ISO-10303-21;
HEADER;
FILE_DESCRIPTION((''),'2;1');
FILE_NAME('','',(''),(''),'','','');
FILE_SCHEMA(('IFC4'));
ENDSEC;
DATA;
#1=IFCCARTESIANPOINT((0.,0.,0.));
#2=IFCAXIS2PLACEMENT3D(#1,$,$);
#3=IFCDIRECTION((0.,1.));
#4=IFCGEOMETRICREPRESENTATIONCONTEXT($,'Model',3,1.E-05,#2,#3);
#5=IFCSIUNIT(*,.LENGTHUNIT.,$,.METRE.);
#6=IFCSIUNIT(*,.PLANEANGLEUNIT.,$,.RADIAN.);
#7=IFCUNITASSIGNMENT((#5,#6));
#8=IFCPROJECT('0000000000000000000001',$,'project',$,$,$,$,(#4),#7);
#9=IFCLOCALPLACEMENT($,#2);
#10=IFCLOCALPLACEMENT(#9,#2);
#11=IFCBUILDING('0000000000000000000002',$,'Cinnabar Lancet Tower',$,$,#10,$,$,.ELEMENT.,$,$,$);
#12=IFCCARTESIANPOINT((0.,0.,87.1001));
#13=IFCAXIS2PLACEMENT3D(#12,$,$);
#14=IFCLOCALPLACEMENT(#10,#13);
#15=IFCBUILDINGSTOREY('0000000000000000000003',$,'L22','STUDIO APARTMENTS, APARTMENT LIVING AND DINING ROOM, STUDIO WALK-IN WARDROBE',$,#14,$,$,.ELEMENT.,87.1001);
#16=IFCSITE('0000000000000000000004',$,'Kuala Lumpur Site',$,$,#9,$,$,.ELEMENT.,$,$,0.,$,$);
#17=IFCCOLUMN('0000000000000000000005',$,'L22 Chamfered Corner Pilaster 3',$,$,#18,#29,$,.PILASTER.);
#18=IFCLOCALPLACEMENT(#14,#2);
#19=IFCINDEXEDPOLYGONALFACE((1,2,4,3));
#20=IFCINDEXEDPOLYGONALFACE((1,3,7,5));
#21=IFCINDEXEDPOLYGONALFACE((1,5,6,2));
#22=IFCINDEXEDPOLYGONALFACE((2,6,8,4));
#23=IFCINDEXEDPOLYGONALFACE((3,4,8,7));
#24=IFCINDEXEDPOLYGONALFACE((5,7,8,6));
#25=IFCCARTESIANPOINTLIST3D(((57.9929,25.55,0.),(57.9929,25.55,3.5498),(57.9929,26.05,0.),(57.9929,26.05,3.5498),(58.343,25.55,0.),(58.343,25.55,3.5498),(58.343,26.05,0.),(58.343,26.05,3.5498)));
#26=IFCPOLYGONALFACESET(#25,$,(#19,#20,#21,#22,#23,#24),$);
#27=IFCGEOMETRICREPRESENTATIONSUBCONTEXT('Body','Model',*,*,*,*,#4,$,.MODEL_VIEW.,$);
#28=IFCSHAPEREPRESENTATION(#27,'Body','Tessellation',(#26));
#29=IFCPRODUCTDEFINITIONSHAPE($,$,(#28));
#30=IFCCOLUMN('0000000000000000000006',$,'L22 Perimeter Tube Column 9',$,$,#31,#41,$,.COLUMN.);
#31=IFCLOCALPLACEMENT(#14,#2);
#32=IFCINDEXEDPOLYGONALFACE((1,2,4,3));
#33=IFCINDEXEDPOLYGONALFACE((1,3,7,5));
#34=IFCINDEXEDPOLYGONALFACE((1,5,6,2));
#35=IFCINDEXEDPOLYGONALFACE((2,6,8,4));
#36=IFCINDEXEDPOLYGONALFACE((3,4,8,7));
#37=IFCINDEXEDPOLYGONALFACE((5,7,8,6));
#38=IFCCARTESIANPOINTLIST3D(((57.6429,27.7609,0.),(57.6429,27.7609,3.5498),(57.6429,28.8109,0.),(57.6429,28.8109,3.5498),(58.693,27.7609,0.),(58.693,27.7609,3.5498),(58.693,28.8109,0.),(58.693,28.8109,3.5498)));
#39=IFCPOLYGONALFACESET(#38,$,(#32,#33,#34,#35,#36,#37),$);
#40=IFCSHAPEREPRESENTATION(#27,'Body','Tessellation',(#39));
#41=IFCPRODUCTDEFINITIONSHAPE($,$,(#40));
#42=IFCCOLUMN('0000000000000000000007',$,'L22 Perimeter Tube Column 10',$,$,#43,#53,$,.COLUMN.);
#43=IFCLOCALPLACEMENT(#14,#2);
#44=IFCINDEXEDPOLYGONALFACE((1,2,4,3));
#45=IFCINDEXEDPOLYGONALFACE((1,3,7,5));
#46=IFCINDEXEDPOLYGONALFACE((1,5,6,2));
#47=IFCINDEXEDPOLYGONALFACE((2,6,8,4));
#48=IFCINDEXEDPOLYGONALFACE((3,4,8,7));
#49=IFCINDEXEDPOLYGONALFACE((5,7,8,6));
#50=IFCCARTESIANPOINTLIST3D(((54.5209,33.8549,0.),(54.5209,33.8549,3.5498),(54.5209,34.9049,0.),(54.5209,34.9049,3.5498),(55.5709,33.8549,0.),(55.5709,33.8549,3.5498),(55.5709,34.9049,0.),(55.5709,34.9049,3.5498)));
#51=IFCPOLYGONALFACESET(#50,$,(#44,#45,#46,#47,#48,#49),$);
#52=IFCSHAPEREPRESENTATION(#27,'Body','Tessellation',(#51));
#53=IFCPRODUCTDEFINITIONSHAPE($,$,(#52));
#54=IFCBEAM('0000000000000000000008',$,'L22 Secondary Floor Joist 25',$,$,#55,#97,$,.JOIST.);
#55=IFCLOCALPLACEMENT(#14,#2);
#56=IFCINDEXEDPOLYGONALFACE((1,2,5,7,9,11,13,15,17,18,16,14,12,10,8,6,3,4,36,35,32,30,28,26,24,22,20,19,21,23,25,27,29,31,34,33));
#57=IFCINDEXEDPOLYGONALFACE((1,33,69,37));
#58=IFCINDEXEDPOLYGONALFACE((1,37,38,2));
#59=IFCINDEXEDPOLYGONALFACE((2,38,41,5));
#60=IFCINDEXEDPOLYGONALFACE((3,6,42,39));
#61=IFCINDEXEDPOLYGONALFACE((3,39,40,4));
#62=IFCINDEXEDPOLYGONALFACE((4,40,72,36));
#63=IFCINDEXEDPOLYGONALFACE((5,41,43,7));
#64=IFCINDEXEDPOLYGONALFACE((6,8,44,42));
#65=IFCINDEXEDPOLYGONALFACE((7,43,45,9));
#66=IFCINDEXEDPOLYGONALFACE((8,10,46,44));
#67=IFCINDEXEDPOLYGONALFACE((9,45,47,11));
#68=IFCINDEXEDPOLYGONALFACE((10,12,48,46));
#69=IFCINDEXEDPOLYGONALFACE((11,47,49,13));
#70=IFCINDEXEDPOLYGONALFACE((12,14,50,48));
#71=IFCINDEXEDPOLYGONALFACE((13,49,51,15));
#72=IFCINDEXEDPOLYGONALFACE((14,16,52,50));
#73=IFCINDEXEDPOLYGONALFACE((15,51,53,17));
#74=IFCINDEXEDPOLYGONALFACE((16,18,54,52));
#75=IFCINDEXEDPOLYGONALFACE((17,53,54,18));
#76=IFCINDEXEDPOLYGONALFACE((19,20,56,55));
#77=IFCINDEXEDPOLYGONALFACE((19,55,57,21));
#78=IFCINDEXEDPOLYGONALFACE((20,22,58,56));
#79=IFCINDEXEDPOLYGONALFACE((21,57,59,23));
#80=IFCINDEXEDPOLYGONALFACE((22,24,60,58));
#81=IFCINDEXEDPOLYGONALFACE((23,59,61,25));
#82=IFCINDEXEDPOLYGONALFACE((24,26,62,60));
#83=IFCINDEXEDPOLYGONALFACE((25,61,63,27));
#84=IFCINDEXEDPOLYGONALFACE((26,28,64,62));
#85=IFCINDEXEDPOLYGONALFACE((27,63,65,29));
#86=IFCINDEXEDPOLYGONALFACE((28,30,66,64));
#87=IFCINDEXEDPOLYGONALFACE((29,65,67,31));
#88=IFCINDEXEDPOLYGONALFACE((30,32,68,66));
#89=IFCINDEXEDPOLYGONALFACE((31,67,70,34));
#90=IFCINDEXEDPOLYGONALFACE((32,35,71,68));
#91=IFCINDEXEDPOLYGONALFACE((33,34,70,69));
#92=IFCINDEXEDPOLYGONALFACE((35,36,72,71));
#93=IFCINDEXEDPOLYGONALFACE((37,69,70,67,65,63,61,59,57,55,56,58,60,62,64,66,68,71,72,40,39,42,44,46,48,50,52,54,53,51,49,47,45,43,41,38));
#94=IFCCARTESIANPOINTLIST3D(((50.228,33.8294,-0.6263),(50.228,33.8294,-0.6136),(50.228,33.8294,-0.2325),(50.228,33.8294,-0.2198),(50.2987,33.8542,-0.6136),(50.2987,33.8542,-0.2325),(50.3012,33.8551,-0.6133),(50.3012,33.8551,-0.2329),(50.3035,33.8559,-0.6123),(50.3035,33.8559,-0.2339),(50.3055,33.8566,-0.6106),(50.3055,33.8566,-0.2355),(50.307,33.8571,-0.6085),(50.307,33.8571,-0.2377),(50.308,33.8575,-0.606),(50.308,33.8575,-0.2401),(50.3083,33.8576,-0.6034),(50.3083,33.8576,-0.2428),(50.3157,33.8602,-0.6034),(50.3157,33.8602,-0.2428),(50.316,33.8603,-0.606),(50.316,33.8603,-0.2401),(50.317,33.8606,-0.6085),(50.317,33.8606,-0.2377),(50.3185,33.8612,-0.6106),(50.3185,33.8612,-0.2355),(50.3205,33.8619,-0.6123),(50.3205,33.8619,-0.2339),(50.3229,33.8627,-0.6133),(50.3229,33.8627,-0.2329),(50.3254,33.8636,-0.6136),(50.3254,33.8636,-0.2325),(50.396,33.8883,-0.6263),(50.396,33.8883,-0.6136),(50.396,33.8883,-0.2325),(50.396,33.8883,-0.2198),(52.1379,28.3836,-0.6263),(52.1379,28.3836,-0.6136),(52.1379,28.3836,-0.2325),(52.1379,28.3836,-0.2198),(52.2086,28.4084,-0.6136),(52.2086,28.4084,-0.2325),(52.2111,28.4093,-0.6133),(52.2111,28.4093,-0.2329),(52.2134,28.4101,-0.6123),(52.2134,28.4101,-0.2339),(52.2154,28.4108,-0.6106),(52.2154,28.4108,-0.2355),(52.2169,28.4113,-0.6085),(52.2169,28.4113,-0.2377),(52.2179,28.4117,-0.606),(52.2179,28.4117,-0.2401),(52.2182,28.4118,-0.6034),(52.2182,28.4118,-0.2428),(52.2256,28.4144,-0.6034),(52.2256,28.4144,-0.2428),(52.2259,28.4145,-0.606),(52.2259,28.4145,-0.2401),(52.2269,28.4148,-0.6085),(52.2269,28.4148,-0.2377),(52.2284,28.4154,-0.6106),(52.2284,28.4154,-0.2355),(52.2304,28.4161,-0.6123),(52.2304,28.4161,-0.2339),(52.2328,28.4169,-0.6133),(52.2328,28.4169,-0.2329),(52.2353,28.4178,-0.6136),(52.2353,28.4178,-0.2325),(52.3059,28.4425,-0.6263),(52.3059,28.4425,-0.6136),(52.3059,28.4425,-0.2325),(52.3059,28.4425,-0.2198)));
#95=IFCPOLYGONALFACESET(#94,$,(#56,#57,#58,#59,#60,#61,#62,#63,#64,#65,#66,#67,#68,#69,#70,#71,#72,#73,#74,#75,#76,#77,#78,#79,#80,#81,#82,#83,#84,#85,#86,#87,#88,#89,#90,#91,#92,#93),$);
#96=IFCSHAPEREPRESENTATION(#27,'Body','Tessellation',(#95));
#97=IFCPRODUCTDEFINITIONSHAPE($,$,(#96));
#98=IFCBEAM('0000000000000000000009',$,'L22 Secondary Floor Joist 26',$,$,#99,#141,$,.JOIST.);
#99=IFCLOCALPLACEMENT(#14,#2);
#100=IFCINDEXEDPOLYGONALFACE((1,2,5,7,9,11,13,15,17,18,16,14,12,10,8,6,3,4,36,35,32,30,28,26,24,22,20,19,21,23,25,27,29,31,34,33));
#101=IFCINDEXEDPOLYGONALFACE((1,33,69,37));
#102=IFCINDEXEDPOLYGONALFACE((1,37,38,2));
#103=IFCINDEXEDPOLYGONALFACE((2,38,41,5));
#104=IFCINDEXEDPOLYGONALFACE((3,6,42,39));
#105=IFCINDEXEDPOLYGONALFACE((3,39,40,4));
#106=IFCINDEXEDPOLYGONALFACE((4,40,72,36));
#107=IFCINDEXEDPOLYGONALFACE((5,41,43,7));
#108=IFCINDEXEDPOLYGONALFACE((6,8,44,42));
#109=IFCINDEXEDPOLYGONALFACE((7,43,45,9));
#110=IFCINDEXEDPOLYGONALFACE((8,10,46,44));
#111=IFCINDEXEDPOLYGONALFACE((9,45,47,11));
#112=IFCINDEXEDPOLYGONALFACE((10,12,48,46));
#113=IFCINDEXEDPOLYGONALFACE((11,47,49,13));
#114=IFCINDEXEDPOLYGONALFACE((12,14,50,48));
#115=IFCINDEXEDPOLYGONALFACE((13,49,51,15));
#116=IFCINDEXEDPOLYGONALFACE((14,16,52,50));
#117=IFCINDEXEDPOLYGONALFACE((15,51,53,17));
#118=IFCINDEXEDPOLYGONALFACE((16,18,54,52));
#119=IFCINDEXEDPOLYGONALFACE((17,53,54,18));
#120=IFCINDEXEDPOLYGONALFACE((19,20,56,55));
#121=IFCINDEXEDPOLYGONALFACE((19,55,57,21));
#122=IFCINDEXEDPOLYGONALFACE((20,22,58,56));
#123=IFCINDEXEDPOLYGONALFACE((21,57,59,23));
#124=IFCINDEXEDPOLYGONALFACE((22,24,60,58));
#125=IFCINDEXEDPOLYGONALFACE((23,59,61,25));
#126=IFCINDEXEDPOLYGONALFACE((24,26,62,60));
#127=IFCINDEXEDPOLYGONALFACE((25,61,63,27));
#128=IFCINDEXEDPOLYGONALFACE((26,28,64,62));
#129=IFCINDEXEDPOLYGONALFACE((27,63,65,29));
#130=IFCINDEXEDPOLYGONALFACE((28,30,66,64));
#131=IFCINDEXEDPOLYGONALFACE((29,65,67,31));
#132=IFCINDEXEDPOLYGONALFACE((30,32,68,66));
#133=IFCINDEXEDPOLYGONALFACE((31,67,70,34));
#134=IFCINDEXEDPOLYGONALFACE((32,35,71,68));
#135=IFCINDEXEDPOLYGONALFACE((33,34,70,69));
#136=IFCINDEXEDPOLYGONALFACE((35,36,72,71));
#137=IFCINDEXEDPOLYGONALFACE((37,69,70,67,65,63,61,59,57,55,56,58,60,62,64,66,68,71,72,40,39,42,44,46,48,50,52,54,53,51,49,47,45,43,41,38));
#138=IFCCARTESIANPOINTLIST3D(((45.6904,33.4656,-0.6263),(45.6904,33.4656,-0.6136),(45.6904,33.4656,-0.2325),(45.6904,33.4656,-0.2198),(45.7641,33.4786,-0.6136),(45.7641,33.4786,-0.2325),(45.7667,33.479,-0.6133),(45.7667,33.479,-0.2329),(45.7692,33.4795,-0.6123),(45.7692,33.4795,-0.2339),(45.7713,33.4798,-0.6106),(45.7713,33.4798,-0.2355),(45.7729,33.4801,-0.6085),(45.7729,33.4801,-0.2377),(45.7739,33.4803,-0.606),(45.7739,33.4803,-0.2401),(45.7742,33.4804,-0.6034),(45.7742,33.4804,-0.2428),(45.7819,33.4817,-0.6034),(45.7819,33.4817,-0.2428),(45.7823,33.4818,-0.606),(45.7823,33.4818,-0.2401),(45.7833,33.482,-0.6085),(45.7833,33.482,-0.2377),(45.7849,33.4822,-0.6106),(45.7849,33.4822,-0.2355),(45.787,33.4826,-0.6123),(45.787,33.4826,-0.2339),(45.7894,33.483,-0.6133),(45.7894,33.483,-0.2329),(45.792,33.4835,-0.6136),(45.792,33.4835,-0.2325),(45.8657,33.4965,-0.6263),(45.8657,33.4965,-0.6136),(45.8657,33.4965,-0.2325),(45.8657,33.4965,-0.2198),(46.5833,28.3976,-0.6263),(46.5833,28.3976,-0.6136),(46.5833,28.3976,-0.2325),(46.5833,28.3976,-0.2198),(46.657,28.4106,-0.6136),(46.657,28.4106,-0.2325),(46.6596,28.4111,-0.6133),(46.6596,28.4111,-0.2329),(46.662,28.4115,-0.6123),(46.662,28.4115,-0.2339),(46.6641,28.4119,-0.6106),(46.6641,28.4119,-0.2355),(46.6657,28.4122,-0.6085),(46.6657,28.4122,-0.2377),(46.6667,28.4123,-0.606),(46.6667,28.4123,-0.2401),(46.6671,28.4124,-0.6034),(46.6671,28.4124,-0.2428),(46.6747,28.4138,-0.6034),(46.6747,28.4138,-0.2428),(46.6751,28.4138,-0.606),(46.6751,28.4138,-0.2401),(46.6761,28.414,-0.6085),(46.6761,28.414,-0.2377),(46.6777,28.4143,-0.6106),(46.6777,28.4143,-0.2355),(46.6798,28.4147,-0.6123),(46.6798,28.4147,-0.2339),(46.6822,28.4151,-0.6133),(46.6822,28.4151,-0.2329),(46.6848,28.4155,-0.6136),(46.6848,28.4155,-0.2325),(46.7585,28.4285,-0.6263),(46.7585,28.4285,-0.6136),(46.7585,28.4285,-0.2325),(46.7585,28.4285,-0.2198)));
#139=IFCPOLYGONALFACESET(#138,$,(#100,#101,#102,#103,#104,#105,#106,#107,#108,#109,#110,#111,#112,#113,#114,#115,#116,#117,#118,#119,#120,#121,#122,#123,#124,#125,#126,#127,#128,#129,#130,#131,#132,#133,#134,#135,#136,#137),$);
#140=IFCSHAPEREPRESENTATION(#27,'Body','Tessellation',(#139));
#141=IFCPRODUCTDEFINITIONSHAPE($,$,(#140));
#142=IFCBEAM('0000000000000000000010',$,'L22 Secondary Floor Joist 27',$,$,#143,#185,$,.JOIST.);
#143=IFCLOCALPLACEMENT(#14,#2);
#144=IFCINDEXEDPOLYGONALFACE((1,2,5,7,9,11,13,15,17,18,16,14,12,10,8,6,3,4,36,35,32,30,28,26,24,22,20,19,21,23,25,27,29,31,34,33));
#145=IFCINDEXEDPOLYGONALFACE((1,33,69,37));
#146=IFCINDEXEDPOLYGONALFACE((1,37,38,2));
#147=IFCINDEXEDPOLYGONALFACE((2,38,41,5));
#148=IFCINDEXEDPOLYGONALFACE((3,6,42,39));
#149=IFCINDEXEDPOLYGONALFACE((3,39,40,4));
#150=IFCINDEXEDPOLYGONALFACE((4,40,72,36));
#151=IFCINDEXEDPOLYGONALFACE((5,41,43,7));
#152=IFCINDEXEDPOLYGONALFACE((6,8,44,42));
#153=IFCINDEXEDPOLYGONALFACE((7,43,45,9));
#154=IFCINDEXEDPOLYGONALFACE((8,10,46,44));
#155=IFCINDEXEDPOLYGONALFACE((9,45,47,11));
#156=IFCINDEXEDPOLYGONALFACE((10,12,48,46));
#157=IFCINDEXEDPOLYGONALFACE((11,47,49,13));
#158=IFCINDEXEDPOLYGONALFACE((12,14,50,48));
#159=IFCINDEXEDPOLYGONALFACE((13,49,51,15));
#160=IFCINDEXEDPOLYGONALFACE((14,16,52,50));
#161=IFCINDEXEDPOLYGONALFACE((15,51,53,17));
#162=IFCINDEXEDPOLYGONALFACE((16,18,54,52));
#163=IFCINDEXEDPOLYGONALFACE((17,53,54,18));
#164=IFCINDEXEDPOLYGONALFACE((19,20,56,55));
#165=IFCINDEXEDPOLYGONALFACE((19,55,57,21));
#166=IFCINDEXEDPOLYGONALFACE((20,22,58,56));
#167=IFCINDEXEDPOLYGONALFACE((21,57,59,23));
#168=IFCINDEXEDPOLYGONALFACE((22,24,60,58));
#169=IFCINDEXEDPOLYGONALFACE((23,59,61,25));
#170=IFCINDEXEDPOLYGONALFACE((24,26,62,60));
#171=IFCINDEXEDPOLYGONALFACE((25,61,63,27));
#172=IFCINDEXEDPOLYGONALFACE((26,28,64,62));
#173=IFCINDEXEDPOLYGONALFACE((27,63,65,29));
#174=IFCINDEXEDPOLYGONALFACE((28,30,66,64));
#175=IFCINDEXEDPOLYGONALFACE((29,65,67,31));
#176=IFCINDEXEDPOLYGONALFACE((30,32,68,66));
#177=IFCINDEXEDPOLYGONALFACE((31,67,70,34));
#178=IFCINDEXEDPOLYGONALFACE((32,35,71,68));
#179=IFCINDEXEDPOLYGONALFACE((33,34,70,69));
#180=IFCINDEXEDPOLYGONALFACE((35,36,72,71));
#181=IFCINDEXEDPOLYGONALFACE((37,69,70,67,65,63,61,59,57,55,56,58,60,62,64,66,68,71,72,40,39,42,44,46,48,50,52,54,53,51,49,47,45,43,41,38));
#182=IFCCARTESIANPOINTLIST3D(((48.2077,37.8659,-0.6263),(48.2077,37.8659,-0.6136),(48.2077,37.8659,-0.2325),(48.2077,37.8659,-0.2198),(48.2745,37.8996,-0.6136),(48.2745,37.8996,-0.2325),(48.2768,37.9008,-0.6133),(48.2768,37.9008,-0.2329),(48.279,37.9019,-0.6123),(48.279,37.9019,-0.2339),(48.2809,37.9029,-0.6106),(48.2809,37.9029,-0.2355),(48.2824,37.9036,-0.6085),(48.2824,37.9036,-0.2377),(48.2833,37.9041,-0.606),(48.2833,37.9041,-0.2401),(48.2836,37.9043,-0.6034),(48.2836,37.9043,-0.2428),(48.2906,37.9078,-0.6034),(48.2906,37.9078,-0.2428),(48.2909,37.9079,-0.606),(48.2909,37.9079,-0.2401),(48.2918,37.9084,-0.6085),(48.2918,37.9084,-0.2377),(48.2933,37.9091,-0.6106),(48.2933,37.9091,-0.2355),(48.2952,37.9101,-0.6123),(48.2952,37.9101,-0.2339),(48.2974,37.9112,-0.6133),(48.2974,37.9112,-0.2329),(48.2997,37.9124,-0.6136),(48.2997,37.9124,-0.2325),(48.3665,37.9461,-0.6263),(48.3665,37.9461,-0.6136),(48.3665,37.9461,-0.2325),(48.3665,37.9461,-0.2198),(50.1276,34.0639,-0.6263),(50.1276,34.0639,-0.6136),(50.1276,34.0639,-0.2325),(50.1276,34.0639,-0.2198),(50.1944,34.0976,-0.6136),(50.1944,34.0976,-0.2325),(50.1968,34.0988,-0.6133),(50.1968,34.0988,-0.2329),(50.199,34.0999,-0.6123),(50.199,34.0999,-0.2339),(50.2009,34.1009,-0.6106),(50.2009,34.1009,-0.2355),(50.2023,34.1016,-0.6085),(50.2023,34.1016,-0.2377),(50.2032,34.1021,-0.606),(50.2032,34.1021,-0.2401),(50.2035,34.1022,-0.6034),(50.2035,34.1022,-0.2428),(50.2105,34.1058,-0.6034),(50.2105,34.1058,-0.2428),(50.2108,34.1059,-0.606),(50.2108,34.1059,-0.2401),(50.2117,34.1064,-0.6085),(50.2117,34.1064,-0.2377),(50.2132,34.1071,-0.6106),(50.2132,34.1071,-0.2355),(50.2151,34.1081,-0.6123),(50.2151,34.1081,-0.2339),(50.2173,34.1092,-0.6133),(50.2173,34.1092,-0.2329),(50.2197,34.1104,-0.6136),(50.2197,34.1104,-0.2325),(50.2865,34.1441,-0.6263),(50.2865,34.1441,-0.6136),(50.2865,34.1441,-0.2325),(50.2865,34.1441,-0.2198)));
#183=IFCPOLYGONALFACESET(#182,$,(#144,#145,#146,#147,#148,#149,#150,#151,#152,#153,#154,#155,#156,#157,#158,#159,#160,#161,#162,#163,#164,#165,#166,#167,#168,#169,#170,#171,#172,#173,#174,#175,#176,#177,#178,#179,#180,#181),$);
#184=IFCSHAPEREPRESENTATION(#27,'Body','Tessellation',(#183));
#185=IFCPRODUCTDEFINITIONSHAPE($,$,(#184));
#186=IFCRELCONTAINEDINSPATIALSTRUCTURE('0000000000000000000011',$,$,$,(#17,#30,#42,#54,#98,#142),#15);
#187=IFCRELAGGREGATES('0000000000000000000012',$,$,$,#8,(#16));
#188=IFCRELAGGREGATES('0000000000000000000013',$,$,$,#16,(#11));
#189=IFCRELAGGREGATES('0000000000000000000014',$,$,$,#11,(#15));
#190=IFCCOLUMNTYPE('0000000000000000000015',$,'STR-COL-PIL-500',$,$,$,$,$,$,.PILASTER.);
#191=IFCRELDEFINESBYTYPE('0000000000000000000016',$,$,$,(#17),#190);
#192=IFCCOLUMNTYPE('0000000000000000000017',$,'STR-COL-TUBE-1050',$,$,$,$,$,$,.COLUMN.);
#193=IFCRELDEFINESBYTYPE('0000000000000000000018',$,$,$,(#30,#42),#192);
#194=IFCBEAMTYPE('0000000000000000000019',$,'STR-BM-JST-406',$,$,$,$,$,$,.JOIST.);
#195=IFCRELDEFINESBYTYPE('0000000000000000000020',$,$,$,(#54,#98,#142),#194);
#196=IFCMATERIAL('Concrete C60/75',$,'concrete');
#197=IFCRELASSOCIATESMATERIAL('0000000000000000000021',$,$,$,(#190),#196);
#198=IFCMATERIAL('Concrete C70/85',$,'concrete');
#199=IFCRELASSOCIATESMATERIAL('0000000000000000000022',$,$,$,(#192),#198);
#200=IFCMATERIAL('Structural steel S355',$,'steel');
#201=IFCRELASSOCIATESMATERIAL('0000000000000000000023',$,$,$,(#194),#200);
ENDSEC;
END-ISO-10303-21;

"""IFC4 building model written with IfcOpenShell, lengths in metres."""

from ifc_helpers import new_model, si_unit, direction, frame, origin, origin_2d, place, context, subcontext, project, spatial, rectangle, i_section, extrude, material, material_profile, profile_set, type_object, element, save


model = new_model("IFC4")

# Units and contexts
model_context = context("Model", 3, precision=1e-05, world=origin(), true_north=direction((0.0, 1.0)))
body_context = subcontext(model_context, "Body", "Model", "MODEL_VIEW")
ifc_project = project(units=[si_unit("LENGTHUNIT", "METRE"), si_unit("PLANEANGLEUNIT", "RADIAN")], contexts=[model_context])

# Site, building, storey
site_placement = place(None, origin())
site = spatial("IfcSite", under=ifc_project, at=site_placement, Name="Kuala Lumpur Site", CompositionType="ELEMENT", RefElevation=0.0)
building_placement = place(site_placement, origin())
building = spatial("IfcBuilding", under=site, at=building_placement, Name="Cinnabar Lancet Tower", CompositionType="ELEMENT")
storey_placement = place(building_placement, frame((0.0, 0.0, 87.1001)))
storey = spatial("IfcBuildingStorey", under=building, at=storey_placement, Name="L22", Description="STUDIO APARTMENTS, APARTMENT LIVING AND DINING ROOM, STUDIO WALK-IN WARDROBE", CompositionType="ELEMENT", Elevation=87.1001)

# Columns
ifc_material_1 = material(Name="Concrete C60/75", Category="concrete")
ifc_material_profile_1 = material_profile(ifc_material_1, rectangle(XDim=0.5, YDim=0.3501, at=origin_2d()), Name="RC-PIL 500x350")
ifc_profile_set_1 = profile_set([ifc_material_profile_1], Name="Concrete C60/75")
column_type_1 = type_object("IfcColumnType", Name="STR-COL-PIL-500", PredefinedType="PILASTER", material=ifc_profile_set_1)
column_placement = place(storey_placement, frame((58.168, 25.8, 0.0), z_axis=(0.0, 0.0, 1.0), x_axis=(0.0, 1.0, 0.0)))
element("IfcColumn", 1, at=column_placement, inside=storey, type_object=column_type_1, Name="L22 Chamfered Corner Pilaster 3", PredefinedType="PILASTER", context=body_context, shape_type="SweptSolid", body=[
    extrude(rectangle(XDim=0.5, YDim=0.3501, at=origin_2d()), origin(), (0.0, 0.0, 1.0), 3.5498),
])
ifc_material_2 = material(Name="Concrete C70/85", Category="concrete")
ifc_material_profile_2 = material_profile(ifc_material_2, rectangle(XDim=1.05, YDim=1.05, at=origin_2d()), Name="RC-COL 1050x1050")
ifc_profile_set_2 = profile_set([ifc_material_profile_2], Name="Concrete C70/85")
column_type_2 = type_object("IfcColumnType", Name="STR-COL-TUBE-1050", PredefinedType="COLUMN", material=ifc_profile_set_2)
for number, where, z_axis, x_axis, name in (
    (2, (58.168, 28.2859, 0.0), (0.0, 0.0, 1.0), (1.0, 0.0, 0.0), "L22 Perimeter Tube Column 9"),
    (3, (55.0459, 34.3799, 0.0), (0.0, 0.0, 1.0), (1.0, 0.0, 0.0), "L22 Perimeter Tube Column 10"),
):
    element("IfcColumn", number, at=place(storey_placement, frame(where, z_axis=z_axis, x_axis=x_axis)), inside=storey, type_object=column_type_2, Name=name, PredefinedType="COLUMN", context=body_context, shape_type="SweptSolid", body=[
        extrude(rectangle(XDim=1.05, YDim=1.05, at=origin_2d()), origin(), (0.0, 0.0, 1.0), 3.5498),
    ])

# Beams
ifc_material_3 = material(Name="Structural steel S355", Category="steel")
ifc_material_profile_3 = material_profile(ifc_material_3, i_section(OverallWidth=0.178, OverallDepth=0.4065, WebThickness=0.0078, FlangeThickness=0.0127, FilletRadius=0.0103, at=origin_2d()), Name="UKB 406x178x60")
ifc_profile_set_3 = profile_set([ifc_material_profile_3], Name="Structural steel S355")
beam_type_1 = type_object("IfcBeamType", Name="STR-BM-JST-406", PredefinedType="JOIST", material=ifc_profile_set_3)
beam_1_placement = place(storey_placement, frame((52.2219, 28.4131, -0.4231), z_axis=(-0.33095, 0.943648, 0.0), x_axis=(-0.943648, -0.33095, 0.0)))
element("IfcBeam", 4, at=beam_1_placement, inside=storey, type_object=beam_type_1, Name="L22 Secondary Floor Joist 25", PredefinedType="JOIST", context=body_context, shape_type="SweptSolid", body=[
    extrude(i_section(OverallWidth=0.178, OverallDepth=0.4065, WebThickness=0.0078, FlangeThickness=0.0127, FilletRadius=0.0103, at=origin_2d()), origin(), (0.0, 0.0, 1.0), 5.771),
])
beam_2_placement = place(storey_placement, frame((46.6709, 28.4131, -0.4231), z_axis=(-0.173501, 0.984834, 0.0), x_axis=(-0.984834, -0.173501, 0.0)))
element("IfcBeam", 5, at=beam_2_placement, inside=storey, type_object=beam_type_1, Name="L22 Secondary Floor Joist 26", PredefinedType="JOIST", context=body_context, shape_type="SweptSolid", body=[
    extrude(i_section(OverallWidth=0.178, OverallDepth=0.4065, WebThickness=0.0078, FlangeThickness=0.0127, FilletRadius=0.0103, at=origin_2d()), origin(), (0.0, 0.0, 1.0), 5.146),
])
beam_3_placement = place(storey_placement, frame((50.207, 34.104, -0.4231), z_axis=(-0.450764, 0.892643, 0.0), x_axis=(-0.892643, -0.450764, 0.0)))
element("IfcBeam", 6, at=beam_3_placement, inside=storey, type_object=beam_type_1, Name="L22 Secondary Floor Joist 27", PredefinedType="JOIST", context=body_context, shape_type="SweptSolid", body=[
    extrude(i_section(OverallWidth=0.178, OverallDepth=0.4065, WebThickness=0.0078, FlangeThickness=0.0127, FilletRadius=0.0103, at=origin_2d()), origin(), (0.0, 0.0, 1.0), 4.2593),
])

save(model, "model.ifc")
